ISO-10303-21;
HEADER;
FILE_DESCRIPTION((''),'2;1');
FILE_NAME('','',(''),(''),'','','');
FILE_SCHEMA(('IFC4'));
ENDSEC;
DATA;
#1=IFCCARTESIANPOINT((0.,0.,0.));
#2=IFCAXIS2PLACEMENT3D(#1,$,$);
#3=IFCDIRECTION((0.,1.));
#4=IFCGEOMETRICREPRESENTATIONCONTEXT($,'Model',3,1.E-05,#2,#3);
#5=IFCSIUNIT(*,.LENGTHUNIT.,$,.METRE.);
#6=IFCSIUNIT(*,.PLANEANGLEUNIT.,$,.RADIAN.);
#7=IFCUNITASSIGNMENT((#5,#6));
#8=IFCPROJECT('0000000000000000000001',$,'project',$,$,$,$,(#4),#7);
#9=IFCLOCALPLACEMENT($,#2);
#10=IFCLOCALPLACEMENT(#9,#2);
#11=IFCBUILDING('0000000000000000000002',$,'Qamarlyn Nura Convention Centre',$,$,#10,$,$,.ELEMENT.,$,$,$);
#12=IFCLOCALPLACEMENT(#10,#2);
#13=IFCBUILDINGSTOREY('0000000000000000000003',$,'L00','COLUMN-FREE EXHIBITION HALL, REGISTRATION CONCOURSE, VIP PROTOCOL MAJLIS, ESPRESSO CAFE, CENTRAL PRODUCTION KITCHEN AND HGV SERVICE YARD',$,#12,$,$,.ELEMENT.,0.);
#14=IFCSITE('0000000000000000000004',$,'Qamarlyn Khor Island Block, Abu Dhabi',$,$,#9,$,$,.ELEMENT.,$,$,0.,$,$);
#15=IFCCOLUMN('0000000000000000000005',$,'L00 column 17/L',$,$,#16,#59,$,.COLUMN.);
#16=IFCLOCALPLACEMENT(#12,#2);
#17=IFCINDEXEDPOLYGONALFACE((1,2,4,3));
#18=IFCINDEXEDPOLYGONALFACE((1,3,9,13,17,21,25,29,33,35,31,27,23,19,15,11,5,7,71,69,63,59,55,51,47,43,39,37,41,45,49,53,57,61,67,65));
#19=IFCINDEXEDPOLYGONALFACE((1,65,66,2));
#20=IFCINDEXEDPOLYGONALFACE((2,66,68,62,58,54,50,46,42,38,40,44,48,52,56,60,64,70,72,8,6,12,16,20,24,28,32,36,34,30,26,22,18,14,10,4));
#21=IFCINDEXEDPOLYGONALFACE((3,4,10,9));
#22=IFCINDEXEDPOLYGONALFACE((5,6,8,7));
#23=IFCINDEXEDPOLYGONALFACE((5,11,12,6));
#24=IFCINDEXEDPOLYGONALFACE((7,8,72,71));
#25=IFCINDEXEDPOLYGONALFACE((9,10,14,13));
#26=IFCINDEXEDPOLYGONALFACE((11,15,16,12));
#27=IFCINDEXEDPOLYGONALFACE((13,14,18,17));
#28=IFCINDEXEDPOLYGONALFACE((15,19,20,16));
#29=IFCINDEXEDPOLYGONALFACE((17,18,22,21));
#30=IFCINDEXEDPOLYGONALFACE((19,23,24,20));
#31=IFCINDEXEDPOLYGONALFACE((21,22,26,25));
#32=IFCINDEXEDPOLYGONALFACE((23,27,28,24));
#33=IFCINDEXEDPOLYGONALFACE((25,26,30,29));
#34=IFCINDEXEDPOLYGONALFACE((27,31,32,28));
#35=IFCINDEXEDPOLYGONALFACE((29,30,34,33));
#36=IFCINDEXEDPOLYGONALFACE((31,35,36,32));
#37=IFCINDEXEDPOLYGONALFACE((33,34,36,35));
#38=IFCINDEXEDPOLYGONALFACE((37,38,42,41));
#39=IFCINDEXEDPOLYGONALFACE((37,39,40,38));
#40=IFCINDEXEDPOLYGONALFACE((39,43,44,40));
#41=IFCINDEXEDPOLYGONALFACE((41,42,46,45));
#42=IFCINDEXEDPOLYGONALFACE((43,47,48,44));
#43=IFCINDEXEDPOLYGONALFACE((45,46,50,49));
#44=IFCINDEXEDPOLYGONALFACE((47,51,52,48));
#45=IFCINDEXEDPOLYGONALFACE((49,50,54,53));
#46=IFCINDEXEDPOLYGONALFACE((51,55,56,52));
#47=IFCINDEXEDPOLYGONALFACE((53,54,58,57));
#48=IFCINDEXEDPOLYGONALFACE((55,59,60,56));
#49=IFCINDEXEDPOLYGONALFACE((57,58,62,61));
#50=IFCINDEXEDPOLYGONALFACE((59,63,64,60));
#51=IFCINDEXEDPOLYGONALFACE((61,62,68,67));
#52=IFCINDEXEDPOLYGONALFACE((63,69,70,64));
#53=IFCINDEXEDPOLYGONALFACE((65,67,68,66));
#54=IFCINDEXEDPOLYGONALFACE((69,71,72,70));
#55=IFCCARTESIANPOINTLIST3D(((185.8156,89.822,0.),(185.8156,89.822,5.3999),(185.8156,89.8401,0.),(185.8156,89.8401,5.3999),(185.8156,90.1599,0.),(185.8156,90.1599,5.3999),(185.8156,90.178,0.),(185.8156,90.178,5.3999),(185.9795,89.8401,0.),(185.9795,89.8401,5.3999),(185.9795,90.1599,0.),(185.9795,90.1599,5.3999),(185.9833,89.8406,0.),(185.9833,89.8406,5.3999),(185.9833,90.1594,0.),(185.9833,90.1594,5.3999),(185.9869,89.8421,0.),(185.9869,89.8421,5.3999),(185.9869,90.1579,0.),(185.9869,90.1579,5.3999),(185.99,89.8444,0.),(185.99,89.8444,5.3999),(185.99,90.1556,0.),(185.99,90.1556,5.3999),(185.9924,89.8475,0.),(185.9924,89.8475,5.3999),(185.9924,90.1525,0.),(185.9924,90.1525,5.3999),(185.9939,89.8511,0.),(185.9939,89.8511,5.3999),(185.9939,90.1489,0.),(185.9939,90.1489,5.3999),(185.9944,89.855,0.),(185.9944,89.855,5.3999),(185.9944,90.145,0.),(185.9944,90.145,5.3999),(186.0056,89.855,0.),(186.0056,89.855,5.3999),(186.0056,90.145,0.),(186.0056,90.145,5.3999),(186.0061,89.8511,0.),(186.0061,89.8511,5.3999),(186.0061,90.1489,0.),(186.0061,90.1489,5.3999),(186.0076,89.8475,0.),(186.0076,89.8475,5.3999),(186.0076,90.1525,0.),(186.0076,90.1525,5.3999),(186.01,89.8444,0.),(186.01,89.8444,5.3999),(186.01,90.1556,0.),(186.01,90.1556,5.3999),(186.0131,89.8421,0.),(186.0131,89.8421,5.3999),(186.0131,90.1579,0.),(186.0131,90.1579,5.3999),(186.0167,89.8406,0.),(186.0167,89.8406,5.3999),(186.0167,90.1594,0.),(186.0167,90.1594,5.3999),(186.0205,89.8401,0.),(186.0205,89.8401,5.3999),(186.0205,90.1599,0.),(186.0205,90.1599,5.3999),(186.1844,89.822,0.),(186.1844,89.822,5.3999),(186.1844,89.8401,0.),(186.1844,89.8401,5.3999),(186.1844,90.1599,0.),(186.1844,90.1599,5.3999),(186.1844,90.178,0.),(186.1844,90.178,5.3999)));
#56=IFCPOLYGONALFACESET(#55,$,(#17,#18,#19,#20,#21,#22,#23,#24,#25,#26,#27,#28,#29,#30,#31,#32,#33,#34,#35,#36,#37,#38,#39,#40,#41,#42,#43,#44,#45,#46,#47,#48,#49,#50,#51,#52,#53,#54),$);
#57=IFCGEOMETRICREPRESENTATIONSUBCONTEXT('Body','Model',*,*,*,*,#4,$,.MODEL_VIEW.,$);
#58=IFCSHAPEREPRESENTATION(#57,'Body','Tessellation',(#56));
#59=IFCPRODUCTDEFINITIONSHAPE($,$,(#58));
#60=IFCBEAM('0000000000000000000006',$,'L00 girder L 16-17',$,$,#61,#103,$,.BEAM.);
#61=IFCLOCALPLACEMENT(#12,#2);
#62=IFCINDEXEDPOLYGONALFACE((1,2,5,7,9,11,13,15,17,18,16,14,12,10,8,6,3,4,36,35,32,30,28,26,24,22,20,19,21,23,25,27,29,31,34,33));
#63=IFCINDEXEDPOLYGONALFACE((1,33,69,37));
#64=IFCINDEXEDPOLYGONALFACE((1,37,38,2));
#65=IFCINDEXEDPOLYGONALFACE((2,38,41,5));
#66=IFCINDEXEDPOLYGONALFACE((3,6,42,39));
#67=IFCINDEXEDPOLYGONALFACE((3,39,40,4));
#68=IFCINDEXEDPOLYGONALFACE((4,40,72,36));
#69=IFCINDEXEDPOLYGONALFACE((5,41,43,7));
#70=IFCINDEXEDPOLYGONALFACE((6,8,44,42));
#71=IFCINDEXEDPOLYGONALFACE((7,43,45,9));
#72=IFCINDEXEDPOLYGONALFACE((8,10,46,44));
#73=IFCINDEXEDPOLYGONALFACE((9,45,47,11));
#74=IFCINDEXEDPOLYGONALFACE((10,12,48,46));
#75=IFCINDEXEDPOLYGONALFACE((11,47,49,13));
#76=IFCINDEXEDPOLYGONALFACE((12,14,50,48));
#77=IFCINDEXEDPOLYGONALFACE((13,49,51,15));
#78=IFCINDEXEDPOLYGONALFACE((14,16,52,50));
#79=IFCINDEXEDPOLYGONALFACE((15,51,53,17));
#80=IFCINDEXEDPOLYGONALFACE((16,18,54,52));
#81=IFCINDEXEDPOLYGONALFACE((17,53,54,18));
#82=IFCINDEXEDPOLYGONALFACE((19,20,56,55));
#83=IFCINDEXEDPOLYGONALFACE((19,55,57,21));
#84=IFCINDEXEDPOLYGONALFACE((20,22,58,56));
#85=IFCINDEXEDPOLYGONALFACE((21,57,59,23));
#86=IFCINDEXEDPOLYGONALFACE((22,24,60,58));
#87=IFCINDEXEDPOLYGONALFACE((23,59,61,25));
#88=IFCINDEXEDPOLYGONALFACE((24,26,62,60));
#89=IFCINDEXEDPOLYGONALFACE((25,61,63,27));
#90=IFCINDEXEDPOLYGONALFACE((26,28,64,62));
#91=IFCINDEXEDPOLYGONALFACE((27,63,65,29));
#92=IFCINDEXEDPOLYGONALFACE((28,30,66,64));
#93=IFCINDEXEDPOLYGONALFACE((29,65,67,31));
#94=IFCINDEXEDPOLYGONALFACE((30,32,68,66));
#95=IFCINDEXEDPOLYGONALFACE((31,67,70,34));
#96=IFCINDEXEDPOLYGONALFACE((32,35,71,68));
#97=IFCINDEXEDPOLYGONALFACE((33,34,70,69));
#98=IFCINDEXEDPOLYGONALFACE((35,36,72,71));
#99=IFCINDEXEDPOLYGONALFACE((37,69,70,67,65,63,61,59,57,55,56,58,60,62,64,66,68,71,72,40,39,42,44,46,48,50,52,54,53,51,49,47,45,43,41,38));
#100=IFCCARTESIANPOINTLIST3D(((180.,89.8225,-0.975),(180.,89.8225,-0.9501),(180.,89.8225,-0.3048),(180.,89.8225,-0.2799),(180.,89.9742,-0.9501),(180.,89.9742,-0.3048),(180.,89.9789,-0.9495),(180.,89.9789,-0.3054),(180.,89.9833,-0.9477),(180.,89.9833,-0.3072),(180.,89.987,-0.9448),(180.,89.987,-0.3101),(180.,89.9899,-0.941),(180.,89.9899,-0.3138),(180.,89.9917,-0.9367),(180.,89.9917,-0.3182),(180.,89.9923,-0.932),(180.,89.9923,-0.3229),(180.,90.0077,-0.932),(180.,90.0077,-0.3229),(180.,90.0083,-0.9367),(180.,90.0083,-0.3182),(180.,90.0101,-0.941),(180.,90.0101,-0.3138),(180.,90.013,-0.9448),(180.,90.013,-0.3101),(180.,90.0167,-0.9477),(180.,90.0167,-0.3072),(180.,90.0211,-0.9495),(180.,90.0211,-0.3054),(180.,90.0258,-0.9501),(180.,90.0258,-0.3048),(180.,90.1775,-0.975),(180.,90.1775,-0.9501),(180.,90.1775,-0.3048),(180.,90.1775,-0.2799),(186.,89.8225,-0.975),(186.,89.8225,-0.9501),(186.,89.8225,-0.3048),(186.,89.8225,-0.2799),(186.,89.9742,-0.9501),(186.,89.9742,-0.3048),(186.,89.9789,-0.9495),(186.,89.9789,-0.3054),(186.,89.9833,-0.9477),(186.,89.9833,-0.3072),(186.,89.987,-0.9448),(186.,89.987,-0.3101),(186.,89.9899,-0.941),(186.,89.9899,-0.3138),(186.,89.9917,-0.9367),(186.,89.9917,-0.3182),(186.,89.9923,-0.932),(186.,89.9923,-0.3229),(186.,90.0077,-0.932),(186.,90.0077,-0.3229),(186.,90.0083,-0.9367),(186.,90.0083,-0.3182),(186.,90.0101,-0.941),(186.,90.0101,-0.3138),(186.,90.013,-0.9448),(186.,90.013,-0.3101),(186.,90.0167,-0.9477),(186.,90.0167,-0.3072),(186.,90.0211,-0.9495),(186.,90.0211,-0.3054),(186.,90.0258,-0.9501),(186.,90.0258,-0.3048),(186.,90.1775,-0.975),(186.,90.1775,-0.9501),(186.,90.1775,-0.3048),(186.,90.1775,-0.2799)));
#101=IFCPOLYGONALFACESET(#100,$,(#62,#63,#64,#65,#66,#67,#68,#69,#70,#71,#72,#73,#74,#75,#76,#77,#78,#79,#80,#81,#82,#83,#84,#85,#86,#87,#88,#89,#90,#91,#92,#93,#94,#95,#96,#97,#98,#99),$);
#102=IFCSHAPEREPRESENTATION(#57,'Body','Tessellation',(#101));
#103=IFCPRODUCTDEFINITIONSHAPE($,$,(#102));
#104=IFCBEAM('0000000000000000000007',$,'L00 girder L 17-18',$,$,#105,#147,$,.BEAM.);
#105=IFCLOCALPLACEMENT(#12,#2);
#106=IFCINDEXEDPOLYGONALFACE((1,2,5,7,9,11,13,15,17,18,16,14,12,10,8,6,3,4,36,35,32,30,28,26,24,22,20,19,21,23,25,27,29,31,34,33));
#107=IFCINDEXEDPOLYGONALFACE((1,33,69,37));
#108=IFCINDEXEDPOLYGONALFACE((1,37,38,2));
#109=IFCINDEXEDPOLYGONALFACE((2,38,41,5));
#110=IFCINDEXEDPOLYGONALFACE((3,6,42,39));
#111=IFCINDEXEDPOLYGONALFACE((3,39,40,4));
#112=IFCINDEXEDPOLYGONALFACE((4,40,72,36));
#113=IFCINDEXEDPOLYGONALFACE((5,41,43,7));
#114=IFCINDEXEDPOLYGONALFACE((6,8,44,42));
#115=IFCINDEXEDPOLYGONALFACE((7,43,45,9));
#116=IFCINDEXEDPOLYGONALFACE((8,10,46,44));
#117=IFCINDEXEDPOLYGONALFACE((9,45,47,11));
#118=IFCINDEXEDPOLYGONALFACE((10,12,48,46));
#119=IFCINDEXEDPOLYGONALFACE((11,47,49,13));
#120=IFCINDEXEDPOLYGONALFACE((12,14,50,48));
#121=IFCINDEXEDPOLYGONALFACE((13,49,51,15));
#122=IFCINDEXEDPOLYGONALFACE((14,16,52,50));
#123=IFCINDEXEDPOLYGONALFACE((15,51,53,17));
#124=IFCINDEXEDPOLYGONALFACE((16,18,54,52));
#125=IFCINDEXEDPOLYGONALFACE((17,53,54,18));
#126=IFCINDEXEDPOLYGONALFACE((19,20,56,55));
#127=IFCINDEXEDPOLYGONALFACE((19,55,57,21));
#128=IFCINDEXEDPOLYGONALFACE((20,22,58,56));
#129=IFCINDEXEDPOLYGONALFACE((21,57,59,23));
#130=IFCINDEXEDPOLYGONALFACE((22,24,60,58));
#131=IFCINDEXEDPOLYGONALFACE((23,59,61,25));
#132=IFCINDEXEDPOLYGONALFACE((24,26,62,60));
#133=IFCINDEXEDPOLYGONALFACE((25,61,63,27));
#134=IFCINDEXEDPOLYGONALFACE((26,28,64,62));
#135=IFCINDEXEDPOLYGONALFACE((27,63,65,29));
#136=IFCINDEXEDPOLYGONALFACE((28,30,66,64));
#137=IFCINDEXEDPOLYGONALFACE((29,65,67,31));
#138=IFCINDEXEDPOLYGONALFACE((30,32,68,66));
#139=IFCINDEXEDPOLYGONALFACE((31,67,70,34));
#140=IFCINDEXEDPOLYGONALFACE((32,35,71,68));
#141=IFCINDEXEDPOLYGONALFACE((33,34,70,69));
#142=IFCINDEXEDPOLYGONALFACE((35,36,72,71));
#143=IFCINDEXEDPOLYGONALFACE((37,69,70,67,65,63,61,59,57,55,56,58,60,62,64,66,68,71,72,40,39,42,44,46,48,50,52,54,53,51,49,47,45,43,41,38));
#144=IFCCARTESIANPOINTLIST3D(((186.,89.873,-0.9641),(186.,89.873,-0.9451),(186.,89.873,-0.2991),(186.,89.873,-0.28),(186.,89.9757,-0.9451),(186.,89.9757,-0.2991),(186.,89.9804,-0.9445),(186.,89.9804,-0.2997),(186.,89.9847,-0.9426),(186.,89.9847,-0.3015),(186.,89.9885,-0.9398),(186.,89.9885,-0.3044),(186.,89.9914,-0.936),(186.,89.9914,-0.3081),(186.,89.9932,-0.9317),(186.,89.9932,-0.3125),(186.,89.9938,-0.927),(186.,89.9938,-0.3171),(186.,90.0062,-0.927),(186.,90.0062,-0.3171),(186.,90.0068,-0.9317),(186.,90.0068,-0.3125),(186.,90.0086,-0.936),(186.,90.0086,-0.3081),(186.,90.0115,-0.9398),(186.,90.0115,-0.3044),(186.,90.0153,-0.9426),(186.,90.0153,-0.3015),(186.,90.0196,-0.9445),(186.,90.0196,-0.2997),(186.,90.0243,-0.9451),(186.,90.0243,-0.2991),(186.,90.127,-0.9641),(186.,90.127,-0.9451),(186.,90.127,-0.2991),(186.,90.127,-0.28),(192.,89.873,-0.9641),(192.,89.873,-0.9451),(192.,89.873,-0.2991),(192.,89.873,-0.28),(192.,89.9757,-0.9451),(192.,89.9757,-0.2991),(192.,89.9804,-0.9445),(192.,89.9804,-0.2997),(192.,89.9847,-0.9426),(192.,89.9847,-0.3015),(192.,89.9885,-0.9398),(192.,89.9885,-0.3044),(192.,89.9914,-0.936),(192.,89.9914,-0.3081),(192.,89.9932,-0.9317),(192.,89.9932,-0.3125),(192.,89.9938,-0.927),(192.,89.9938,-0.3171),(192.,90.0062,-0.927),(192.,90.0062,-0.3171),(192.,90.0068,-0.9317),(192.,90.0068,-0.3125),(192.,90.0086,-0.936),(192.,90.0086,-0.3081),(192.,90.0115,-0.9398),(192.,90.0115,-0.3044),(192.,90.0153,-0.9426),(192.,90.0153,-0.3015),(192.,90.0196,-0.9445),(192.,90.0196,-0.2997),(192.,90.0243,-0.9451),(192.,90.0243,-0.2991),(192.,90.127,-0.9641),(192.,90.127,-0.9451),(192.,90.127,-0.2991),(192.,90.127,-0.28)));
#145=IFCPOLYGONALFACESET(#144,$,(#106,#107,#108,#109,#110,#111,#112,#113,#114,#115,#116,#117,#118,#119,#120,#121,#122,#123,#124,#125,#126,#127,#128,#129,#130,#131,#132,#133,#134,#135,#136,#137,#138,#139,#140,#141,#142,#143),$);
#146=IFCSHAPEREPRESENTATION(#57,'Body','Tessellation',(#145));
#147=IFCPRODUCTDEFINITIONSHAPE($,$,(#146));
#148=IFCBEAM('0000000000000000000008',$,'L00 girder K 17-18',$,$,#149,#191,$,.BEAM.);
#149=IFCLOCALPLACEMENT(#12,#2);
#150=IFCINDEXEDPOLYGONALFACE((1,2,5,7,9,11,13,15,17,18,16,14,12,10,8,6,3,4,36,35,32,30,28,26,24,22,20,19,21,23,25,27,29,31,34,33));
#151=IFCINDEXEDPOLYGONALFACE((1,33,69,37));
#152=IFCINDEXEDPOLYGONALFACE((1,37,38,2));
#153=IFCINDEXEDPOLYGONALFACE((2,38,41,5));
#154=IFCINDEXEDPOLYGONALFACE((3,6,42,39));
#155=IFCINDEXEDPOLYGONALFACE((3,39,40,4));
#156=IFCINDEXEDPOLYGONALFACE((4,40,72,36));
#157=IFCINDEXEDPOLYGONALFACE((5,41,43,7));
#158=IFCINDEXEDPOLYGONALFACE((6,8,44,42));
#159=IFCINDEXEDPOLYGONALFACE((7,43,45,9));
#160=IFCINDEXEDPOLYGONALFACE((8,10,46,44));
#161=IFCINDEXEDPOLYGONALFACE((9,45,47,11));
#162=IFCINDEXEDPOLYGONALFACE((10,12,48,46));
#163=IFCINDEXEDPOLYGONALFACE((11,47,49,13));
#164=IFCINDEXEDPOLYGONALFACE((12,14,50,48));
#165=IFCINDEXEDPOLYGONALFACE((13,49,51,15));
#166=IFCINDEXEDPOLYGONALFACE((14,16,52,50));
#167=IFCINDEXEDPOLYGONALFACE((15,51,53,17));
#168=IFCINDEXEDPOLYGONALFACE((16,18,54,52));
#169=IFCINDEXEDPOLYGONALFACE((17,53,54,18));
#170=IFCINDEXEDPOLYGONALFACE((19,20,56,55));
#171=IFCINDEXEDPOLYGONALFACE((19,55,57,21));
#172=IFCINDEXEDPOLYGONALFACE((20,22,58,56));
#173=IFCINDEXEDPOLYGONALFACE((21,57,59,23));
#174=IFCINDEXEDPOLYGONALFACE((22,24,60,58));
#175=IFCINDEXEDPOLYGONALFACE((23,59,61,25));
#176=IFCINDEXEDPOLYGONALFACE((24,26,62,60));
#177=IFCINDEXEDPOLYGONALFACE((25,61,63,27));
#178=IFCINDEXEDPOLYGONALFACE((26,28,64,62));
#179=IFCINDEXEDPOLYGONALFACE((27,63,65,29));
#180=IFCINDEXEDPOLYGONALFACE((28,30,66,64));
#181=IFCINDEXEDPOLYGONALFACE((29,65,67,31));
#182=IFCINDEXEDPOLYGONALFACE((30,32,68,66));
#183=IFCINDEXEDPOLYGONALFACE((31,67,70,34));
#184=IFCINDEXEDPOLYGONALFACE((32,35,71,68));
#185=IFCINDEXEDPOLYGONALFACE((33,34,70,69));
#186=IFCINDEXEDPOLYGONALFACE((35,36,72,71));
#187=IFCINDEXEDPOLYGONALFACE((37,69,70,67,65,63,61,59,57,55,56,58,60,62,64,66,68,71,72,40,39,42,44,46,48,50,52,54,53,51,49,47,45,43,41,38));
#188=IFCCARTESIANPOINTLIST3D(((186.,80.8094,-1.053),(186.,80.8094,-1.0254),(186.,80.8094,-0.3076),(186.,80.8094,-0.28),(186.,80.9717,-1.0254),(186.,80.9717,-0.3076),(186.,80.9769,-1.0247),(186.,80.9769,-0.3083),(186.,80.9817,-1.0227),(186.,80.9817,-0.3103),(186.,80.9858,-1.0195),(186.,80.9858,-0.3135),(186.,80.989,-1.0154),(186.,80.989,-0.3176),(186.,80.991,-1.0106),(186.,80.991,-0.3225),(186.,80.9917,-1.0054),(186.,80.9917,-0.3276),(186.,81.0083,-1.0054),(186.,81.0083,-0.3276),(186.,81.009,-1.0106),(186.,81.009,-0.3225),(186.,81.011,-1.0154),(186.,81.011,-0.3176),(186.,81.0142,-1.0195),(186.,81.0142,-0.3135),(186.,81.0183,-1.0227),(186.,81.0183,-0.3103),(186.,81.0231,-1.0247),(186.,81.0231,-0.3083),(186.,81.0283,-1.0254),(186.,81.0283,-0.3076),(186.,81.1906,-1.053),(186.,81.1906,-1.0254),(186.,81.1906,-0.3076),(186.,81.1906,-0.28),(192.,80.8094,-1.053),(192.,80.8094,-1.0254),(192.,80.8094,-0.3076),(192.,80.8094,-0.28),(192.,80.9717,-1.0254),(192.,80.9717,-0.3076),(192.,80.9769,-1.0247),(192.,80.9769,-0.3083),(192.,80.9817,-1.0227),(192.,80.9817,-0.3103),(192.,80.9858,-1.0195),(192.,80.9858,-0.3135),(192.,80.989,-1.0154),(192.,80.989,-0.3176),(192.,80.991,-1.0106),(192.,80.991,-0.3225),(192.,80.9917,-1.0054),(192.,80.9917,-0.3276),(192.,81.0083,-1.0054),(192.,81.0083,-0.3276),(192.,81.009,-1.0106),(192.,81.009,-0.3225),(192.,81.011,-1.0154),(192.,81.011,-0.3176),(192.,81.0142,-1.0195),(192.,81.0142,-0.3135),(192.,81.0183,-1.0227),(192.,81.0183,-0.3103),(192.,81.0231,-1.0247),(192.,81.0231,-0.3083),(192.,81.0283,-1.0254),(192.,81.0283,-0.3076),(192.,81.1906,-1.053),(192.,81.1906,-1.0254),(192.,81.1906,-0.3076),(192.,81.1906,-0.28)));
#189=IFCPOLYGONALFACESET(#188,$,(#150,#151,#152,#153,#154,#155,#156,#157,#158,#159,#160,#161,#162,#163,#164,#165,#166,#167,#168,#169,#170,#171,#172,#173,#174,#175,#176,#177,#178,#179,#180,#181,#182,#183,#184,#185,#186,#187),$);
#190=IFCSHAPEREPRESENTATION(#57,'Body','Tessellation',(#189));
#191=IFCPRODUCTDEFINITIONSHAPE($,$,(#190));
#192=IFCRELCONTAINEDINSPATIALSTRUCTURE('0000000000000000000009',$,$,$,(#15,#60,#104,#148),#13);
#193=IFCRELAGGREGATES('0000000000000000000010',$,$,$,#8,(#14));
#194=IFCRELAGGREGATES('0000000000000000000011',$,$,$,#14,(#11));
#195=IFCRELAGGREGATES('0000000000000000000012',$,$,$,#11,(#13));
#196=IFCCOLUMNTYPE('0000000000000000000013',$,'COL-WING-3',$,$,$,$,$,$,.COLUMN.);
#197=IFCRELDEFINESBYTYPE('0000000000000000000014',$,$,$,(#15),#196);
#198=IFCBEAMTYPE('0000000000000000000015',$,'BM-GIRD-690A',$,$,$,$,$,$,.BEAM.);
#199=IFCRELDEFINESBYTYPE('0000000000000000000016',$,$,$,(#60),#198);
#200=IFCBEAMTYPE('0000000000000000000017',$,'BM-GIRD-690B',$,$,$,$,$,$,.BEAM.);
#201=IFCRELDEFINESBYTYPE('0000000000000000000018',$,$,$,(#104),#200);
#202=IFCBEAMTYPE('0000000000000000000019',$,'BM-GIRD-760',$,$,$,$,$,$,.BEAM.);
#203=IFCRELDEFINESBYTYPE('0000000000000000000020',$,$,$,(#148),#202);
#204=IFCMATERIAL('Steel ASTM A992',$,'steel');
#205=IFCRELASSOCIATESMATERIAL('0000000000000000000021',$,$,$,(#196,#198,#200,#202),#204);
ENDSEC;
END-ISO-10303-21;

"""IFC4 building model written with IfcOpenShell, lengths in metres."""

from ifc_helpers import new_model, si_unit, direction, frame, origin, origin_2d, place, context, subcontext, project, spatial, i_section, extrude, material, material_profile, profile_set, type_object, element, save


model = new_model("IFC4")

# Units and contexts
model_context = context("Model", 3, precision=1e-05, world=origin(), true_north=direction((0.0, 1.0)))
body_context = subcontext(model_context, "Body", "Model", "MODEL_VIEW")
ifc_project = project(units=[si_unit("LENGTHUNIT", "METRE"), si_unit("PLANEANGLEUNIT", "RADIAN")], contexts=[model_context])

# Site, building, storey
site_placement = place(None, origin())
site = spatial("IfcSite", under=ifc_project, at=site_placement, Name="Qamarlyn Khor Island Block, Abu Dhabi", CompositionType="ELEMENT", RefElevation=0.0)
building_placement = place(site_placement, origin())
building = spatial("IfcBuilding", under=site, at=building_placement, Name="Qamarlyn Nura Convention Centre", CompositionType="ELEMENT")
storey_placement = place(building_placement, origin())
storey = spatial("IfcBuildingStorey", under=building, at=storey_placement, Name="L00", Description="COLUMN-FREE EXHIBITION HALL, REGISTRATION CONCOURSE, VIP PROTOCOL MAJLIS, ESPRESSO CAFE, CENTRAL PRODUCTION KITCHEN AND HGV SERVICE YARD", CompositionType="ELEMENT", Elevation=0.0)

# Column
ifc_material_1 = material(Name="Steel ASTM A992", Category="steel")
ifc_material_profile_1 = material_profile(ifc_material_1, i_section(OverallWidth=0.3689, OverallDepth=0.356, WebThickness=0.0112, FlangeThickness=0.0181, FilletRadius=0.0149, at=origin_2d()), Name="W360X134")
ifc_profile_set_1 = profile_set([ifc_material_profile_1], Name="Steel ASTM A992")
column_type_1 = type_object("IfcColumnType", Name="COL-WING-3", PredefinedType="COLUMN", material=ifc_profile_set_1)
column_1_placement = place(storey_placement, frame((186.0, 90.0, 0.0), z_axis=(0.0, 0.0, 1.0), x_axis=(1.0, 0.0, 0.0)))
element("IfcColumn", 1, at=column_1_placement, inside=storey, type_object=column_type_1, Name="L00 column 17/L", PredefinedType="COLUMN", context=body_context, shape_type="SweptSolid", body=[
    extrude(i_section(OverallWidth=0.3689, OverallDepth=0.356, WebThickness=0.0112, FlangeThickness=0.0181, FilletRadius=0.0149, at=origin_2d()), origin(), (0.0, 0.0, 1.0), 5.3999),
])

# Beams
ifc_material_profile_2 = material_profile(ifc_material_1, i_section(OverallWidth=0.355, OverallDepth=0.6951, WebThickness=0.0154, FlangeThickness=0.0249, FilletRadius=0.0181, at=origin_2d()), Name="W690X217")
ifc_profile_set_2 = profile_set([ifc_material_profile_2], Name="Steel ASTM A992")
beam_type_1 = type_object("IfcBeamType", Name="BM-GIRD-690A", PredefinedType="BEAM", material=ifc_profile_set_2)
beam_1_placement = place(storey_placement, frame((180.0, 90.0, -0.6274), z_axis=(1.0, 0.0, 0.0), x_axis=(0.0, 1.0, 0.0)))
element("IfcBeam", 2, at=beam_1_placement, inside=storey, type_object=beam_type_1, Name="L00 girder L 16-17", PredefinedType="BEAM", context=body_context, shape_type="SweptSolid", body=[
    extrude(i_section(OverallWidth=0.355, OverallDepth=0.6951, WebThickness=0.0154, FlangeThickness=0.0249, FilletRadius=0.0181, at=origin_2d()), origin(), (0.0, 0.0, 1.0), 6.0),
])
ifc_material_profile_3 = material_profile(ifc_material_1, i_section(OverallWidth=0.2539, OverallDepth=0.6841, WebThickness=0.0125, FlangeThickness=0.019, FilletRadius=0.0181, at=origin_2d()), Name="W690X140")
ifc_profile_set_3 = profile_set([ifc_material_profile_3], Name="Steel ASTM A992")
beam_type_2 = type_object("IfcBeamType", Name="BM-GIRD-690B", PredefinedType="BEAM", material=ifc_profile_set_3)
beam_2_placement = place(storey_placement, frame((186.0, 90.0, -0.6221), z_axis=(1.0, 0.0, 0.0), x_axis=(0.0, 1.0, 0.0)))
element("IfcBeam", 3, at=beam_2_placement, inside=storey, type_object=beam_type_2, Name="L00 girder L 17-18", PredefinedType="BEAM", context=body_context, shape_type="SweptSolid", body=[
    extrude(i_section(OverallWidth=0.2539, OverallDepth=0.6841, WebThickness=0.0125, FlangeThickness=0.019, FilletRadius=0.0181, at=origin_2d()), origin(), (0.0, 0.0, 1.0), 6.0),
])
ifc_material_profile_4 = material_profile(ifc_material_1, i_section(OverallWidth=0.3811, OverallDepth=0.7729, WebThickness=0.0166, FlangeThickness=0.0276, FilletRadius=0.02, at=origin_2d()), Name="W760X257")
ifc_profile_set_4 = profile_set([ifc_material_profile_4], Name="Steel ASTM A992")
beam_type_3 = type_object("IfcBeamType", Name="BM-GIRD-760", PredefinedType="BEAM", material=ifc_profile_set_4)
beam_3_placement = place(storey_placement, frame((186.0, 81.0, -0.6665), z_axis=(1.0, 0.0, 0.0), x_axis=(0.0, 1.0, 0.0)))
element("IfcBeam", 4, at=beam_3_placement, inside=storey, type_object=beam_type_3, Name="L00 girder K 17-18", PredefinedType="BEAM", context=body_context, shape_type="SweptSolid", body=[
    extrude(i_section(OverallWidth=0.3811, OverallDepth=0.7729, WebThickness=0.0166, FlangeThickness=0.0276, FilletRadius=0.02, at=origin_2d()), origin(), (0.0, 0.0, 1.0), 6.0),
])

save(model, "model.ifc")
